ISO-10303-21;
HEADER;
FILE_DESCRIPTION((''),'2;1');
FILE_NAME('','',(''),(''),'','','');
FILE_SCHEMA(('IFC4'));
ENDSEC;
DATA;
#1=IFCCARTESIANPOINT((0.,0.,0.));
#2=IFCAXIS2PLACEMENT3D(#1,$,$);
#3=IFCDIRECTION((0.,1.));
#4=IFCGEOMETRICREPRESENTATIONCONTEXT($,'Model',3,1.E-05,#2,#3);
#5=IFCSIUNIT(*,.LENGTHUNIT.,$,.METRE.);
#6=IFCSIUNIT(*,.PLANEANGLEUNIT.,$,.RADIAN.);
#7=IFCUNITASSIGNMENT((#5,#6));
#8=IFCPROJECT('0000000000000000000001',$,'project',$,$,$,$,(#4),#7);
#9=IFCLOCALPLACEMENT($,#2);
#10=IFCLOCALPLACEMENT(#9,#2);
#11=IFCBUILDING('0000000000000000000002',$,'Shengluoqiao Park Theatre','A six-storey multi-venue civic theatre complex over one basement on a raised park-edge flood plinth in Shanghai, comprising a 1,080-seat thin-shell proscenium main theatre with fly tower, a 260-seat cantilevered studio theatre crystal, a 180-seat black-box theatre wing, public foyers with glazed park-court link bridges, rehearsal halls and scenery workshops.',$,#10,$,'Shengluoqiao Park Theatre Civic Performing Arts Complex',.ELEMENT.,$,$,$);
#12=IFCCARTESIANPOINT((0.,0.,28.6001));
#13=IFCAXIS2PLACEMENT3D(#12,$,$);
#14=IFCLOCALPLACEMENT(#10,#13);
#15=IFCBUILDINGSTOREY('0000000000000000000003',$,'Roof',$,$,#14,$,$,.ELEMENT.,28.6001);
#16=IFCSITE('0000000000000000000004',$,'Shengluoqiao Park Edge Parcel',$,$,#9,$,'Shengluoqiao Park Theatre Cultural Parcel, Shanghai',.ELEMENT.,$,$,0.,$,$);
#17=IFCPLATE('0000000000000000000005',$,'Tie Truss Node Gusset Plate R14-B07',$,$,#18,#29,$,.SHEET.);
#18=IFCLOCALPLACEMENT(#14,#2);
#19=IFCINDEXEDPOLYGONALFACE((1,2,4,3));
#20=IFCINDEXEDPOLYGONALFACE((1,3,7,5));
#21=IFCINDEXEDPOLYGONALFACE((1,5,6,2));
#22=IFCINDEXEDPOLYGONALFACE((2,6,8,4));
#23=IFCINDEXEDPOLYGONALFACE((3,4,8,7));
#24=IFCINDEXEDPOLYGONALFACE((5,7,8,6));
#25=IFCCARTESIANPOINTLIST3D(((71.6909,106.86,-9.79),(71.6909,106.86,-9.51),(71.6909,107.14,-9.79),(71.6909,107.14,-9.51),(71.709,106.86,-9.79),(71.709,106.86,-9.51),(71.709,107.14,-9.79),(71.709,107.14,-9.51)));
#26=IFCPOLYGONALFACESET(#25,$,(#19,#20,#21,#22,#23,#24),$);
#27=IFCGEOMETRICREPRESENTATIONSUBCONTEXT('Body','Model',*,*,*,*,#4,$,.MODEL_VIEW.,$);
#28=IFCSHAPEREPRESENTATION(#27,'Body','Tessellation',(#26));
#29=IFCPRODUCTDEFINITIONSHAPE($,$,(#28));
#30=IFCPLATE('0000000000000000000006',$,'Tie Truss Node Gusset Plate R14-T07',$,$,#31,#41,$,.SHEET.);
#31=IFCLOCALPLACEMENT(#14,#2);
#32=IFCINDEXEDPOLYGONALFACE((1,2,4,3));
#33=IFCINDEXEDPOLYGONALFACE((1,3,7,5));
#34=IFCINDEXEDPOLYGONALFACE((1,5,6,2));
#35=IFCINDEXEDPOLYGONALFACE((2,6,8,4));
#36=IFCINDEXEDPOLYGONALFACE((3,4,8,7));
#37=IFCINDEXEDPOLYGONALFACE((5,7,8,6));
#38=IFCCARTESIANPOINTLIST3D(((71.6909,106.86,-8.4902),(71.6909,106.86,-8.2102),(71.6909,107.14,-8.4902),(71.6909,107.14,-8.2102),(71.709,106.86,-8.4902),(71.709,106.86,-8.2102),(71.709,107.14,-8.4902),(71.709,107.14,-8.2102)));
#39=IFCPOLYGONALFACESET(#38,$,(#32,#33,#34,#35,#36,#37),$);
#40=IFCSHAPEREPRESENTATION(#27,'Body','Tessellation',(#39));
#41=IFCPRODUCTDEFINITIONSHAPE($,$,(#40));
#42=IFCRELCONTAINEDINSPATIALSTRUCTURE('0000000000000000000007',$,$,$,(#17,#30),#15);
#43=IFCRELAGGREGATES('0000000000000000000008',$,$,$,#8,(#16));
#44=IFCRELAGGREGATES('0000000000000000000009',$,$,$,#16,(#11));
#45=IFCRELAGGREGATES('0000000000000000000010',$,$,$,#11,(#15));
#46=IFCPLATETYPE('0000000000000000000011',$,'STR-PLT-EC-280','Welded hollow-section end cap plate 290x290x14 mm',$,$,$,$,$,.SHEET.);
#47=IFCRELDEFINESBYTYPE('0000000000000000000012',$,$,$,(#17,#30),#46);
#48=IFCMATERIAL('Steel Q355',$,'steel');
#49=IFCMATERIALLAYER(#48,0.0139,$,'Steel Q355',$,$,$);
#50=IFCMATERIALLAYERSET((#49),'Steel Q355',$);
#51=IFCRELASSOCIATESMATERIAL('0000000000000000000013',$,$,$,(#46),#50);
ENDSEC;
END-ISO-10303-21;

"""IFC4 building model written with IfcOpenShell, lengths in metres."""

from ifc_helpers import new_model, si_unit, direction, frame, origin, origin_2d, place, context, subcontext, project, spatial, rectangle, extrude, material, layer, layer_set, type_object, element, save


model = new_model("IFC4")

# Units and contexts
model_context = context("Model", 3, precision=1e-05, world=origin(), true_north=direction((0.0, 1.0)))
body_context = subcontext(model_context, "Body", "Model", "MODEL_VIEW")
ifc_project = project(units=[si_unit("LENGTHUNIT", "METRE"), si_unit("PLANEANGLEUNIT", "RADIAN")], contexts=[model_context])

# Site, building, storey
site_placement = place(None, origin())
site = spatial("IfcSite", under=ifc_project, at=site_placement, Name="Shengluoqiao Park Edge Parcel", LongName="Shengluoqiao Park Theatre Cultural Parcel, Shanghai", CompositionType="ELEMENT", RefElevation=0.0)
building_placement = place(site_placement, origin())
building = spatial("IfcBuilding", under=site, at=building_placement, Name="Shengluoqiao Park Theatre", Description="A six-storey multi-venue civic theatre complex over one basement on a raised park-edge flood plinth in Shanghai, comprising a 1,080-seat thin-shell proscenium main theatre with fly tower, a 260-seat cantilevered studio theatre crystal, a 180-seat black-box theatre wing, public foyers with glazed park-court link bridges, rehearsal halls and scenery workshops.", LongName="Shengluoqiao Park Theatre Civic Performing Arts Complex", CompositionType="ELEMENT")
storey_placement = place(building_placement, frame((0.0, 0.0, 28.6001)))
storey = spatial("IfcBuildingStorey", under=building, at=storey_placement, Name="Roof", CompositionType="ELEMENT", Elevation=28.6001)

# Shared definitions
ifc_material_1 = material(Name="Steel Q355", Category="steel")

# Plates
ifc_layer = layer(ifc_material_1, 0.0139, Name="Steel Q355")
ifc_layer_set = layer_set([ifc_layer], Name="Steel Q355")
plate_type = type_object("IfcPlateType", Name="STR-PLT-EC-280", Description="Welded hollow-section end cap plate 290x290x14 mm", PredefinedType="SHEET", material=ifc_layer_set)
for number, where, z_axis, x_axis, name in (
    (1, (71.7, 107.0, -9.79), (0.0, 0.0, 1.0), (1.0, 0.0, 0.0), "Tie Truss Node Gusset Plate R14-B07"),
    (2, (71.7, 107.0, -8.4902), (0.0, 0.0, 1.0), (1.0, 0.0, 0.0), "Tie Truss Node Gusset Plate R14-T07"),
):
    element("IfcPlate", number, at=place(storey_placement, frame(where, z_axis=z_axis, x_axis=x_axis)), inside=storey, type_object=plate_type, Name=name, PredefinedType="SHEET", context=body_context, shape_type="SweptSolid", body=[
        extrude(rectangle(XDim=0.0181, YDim=0.28, at=origin_2d()), origin(), (0.0, 0.0, 1.0), 0.28),
    ])

save(model, "model.ifc")
